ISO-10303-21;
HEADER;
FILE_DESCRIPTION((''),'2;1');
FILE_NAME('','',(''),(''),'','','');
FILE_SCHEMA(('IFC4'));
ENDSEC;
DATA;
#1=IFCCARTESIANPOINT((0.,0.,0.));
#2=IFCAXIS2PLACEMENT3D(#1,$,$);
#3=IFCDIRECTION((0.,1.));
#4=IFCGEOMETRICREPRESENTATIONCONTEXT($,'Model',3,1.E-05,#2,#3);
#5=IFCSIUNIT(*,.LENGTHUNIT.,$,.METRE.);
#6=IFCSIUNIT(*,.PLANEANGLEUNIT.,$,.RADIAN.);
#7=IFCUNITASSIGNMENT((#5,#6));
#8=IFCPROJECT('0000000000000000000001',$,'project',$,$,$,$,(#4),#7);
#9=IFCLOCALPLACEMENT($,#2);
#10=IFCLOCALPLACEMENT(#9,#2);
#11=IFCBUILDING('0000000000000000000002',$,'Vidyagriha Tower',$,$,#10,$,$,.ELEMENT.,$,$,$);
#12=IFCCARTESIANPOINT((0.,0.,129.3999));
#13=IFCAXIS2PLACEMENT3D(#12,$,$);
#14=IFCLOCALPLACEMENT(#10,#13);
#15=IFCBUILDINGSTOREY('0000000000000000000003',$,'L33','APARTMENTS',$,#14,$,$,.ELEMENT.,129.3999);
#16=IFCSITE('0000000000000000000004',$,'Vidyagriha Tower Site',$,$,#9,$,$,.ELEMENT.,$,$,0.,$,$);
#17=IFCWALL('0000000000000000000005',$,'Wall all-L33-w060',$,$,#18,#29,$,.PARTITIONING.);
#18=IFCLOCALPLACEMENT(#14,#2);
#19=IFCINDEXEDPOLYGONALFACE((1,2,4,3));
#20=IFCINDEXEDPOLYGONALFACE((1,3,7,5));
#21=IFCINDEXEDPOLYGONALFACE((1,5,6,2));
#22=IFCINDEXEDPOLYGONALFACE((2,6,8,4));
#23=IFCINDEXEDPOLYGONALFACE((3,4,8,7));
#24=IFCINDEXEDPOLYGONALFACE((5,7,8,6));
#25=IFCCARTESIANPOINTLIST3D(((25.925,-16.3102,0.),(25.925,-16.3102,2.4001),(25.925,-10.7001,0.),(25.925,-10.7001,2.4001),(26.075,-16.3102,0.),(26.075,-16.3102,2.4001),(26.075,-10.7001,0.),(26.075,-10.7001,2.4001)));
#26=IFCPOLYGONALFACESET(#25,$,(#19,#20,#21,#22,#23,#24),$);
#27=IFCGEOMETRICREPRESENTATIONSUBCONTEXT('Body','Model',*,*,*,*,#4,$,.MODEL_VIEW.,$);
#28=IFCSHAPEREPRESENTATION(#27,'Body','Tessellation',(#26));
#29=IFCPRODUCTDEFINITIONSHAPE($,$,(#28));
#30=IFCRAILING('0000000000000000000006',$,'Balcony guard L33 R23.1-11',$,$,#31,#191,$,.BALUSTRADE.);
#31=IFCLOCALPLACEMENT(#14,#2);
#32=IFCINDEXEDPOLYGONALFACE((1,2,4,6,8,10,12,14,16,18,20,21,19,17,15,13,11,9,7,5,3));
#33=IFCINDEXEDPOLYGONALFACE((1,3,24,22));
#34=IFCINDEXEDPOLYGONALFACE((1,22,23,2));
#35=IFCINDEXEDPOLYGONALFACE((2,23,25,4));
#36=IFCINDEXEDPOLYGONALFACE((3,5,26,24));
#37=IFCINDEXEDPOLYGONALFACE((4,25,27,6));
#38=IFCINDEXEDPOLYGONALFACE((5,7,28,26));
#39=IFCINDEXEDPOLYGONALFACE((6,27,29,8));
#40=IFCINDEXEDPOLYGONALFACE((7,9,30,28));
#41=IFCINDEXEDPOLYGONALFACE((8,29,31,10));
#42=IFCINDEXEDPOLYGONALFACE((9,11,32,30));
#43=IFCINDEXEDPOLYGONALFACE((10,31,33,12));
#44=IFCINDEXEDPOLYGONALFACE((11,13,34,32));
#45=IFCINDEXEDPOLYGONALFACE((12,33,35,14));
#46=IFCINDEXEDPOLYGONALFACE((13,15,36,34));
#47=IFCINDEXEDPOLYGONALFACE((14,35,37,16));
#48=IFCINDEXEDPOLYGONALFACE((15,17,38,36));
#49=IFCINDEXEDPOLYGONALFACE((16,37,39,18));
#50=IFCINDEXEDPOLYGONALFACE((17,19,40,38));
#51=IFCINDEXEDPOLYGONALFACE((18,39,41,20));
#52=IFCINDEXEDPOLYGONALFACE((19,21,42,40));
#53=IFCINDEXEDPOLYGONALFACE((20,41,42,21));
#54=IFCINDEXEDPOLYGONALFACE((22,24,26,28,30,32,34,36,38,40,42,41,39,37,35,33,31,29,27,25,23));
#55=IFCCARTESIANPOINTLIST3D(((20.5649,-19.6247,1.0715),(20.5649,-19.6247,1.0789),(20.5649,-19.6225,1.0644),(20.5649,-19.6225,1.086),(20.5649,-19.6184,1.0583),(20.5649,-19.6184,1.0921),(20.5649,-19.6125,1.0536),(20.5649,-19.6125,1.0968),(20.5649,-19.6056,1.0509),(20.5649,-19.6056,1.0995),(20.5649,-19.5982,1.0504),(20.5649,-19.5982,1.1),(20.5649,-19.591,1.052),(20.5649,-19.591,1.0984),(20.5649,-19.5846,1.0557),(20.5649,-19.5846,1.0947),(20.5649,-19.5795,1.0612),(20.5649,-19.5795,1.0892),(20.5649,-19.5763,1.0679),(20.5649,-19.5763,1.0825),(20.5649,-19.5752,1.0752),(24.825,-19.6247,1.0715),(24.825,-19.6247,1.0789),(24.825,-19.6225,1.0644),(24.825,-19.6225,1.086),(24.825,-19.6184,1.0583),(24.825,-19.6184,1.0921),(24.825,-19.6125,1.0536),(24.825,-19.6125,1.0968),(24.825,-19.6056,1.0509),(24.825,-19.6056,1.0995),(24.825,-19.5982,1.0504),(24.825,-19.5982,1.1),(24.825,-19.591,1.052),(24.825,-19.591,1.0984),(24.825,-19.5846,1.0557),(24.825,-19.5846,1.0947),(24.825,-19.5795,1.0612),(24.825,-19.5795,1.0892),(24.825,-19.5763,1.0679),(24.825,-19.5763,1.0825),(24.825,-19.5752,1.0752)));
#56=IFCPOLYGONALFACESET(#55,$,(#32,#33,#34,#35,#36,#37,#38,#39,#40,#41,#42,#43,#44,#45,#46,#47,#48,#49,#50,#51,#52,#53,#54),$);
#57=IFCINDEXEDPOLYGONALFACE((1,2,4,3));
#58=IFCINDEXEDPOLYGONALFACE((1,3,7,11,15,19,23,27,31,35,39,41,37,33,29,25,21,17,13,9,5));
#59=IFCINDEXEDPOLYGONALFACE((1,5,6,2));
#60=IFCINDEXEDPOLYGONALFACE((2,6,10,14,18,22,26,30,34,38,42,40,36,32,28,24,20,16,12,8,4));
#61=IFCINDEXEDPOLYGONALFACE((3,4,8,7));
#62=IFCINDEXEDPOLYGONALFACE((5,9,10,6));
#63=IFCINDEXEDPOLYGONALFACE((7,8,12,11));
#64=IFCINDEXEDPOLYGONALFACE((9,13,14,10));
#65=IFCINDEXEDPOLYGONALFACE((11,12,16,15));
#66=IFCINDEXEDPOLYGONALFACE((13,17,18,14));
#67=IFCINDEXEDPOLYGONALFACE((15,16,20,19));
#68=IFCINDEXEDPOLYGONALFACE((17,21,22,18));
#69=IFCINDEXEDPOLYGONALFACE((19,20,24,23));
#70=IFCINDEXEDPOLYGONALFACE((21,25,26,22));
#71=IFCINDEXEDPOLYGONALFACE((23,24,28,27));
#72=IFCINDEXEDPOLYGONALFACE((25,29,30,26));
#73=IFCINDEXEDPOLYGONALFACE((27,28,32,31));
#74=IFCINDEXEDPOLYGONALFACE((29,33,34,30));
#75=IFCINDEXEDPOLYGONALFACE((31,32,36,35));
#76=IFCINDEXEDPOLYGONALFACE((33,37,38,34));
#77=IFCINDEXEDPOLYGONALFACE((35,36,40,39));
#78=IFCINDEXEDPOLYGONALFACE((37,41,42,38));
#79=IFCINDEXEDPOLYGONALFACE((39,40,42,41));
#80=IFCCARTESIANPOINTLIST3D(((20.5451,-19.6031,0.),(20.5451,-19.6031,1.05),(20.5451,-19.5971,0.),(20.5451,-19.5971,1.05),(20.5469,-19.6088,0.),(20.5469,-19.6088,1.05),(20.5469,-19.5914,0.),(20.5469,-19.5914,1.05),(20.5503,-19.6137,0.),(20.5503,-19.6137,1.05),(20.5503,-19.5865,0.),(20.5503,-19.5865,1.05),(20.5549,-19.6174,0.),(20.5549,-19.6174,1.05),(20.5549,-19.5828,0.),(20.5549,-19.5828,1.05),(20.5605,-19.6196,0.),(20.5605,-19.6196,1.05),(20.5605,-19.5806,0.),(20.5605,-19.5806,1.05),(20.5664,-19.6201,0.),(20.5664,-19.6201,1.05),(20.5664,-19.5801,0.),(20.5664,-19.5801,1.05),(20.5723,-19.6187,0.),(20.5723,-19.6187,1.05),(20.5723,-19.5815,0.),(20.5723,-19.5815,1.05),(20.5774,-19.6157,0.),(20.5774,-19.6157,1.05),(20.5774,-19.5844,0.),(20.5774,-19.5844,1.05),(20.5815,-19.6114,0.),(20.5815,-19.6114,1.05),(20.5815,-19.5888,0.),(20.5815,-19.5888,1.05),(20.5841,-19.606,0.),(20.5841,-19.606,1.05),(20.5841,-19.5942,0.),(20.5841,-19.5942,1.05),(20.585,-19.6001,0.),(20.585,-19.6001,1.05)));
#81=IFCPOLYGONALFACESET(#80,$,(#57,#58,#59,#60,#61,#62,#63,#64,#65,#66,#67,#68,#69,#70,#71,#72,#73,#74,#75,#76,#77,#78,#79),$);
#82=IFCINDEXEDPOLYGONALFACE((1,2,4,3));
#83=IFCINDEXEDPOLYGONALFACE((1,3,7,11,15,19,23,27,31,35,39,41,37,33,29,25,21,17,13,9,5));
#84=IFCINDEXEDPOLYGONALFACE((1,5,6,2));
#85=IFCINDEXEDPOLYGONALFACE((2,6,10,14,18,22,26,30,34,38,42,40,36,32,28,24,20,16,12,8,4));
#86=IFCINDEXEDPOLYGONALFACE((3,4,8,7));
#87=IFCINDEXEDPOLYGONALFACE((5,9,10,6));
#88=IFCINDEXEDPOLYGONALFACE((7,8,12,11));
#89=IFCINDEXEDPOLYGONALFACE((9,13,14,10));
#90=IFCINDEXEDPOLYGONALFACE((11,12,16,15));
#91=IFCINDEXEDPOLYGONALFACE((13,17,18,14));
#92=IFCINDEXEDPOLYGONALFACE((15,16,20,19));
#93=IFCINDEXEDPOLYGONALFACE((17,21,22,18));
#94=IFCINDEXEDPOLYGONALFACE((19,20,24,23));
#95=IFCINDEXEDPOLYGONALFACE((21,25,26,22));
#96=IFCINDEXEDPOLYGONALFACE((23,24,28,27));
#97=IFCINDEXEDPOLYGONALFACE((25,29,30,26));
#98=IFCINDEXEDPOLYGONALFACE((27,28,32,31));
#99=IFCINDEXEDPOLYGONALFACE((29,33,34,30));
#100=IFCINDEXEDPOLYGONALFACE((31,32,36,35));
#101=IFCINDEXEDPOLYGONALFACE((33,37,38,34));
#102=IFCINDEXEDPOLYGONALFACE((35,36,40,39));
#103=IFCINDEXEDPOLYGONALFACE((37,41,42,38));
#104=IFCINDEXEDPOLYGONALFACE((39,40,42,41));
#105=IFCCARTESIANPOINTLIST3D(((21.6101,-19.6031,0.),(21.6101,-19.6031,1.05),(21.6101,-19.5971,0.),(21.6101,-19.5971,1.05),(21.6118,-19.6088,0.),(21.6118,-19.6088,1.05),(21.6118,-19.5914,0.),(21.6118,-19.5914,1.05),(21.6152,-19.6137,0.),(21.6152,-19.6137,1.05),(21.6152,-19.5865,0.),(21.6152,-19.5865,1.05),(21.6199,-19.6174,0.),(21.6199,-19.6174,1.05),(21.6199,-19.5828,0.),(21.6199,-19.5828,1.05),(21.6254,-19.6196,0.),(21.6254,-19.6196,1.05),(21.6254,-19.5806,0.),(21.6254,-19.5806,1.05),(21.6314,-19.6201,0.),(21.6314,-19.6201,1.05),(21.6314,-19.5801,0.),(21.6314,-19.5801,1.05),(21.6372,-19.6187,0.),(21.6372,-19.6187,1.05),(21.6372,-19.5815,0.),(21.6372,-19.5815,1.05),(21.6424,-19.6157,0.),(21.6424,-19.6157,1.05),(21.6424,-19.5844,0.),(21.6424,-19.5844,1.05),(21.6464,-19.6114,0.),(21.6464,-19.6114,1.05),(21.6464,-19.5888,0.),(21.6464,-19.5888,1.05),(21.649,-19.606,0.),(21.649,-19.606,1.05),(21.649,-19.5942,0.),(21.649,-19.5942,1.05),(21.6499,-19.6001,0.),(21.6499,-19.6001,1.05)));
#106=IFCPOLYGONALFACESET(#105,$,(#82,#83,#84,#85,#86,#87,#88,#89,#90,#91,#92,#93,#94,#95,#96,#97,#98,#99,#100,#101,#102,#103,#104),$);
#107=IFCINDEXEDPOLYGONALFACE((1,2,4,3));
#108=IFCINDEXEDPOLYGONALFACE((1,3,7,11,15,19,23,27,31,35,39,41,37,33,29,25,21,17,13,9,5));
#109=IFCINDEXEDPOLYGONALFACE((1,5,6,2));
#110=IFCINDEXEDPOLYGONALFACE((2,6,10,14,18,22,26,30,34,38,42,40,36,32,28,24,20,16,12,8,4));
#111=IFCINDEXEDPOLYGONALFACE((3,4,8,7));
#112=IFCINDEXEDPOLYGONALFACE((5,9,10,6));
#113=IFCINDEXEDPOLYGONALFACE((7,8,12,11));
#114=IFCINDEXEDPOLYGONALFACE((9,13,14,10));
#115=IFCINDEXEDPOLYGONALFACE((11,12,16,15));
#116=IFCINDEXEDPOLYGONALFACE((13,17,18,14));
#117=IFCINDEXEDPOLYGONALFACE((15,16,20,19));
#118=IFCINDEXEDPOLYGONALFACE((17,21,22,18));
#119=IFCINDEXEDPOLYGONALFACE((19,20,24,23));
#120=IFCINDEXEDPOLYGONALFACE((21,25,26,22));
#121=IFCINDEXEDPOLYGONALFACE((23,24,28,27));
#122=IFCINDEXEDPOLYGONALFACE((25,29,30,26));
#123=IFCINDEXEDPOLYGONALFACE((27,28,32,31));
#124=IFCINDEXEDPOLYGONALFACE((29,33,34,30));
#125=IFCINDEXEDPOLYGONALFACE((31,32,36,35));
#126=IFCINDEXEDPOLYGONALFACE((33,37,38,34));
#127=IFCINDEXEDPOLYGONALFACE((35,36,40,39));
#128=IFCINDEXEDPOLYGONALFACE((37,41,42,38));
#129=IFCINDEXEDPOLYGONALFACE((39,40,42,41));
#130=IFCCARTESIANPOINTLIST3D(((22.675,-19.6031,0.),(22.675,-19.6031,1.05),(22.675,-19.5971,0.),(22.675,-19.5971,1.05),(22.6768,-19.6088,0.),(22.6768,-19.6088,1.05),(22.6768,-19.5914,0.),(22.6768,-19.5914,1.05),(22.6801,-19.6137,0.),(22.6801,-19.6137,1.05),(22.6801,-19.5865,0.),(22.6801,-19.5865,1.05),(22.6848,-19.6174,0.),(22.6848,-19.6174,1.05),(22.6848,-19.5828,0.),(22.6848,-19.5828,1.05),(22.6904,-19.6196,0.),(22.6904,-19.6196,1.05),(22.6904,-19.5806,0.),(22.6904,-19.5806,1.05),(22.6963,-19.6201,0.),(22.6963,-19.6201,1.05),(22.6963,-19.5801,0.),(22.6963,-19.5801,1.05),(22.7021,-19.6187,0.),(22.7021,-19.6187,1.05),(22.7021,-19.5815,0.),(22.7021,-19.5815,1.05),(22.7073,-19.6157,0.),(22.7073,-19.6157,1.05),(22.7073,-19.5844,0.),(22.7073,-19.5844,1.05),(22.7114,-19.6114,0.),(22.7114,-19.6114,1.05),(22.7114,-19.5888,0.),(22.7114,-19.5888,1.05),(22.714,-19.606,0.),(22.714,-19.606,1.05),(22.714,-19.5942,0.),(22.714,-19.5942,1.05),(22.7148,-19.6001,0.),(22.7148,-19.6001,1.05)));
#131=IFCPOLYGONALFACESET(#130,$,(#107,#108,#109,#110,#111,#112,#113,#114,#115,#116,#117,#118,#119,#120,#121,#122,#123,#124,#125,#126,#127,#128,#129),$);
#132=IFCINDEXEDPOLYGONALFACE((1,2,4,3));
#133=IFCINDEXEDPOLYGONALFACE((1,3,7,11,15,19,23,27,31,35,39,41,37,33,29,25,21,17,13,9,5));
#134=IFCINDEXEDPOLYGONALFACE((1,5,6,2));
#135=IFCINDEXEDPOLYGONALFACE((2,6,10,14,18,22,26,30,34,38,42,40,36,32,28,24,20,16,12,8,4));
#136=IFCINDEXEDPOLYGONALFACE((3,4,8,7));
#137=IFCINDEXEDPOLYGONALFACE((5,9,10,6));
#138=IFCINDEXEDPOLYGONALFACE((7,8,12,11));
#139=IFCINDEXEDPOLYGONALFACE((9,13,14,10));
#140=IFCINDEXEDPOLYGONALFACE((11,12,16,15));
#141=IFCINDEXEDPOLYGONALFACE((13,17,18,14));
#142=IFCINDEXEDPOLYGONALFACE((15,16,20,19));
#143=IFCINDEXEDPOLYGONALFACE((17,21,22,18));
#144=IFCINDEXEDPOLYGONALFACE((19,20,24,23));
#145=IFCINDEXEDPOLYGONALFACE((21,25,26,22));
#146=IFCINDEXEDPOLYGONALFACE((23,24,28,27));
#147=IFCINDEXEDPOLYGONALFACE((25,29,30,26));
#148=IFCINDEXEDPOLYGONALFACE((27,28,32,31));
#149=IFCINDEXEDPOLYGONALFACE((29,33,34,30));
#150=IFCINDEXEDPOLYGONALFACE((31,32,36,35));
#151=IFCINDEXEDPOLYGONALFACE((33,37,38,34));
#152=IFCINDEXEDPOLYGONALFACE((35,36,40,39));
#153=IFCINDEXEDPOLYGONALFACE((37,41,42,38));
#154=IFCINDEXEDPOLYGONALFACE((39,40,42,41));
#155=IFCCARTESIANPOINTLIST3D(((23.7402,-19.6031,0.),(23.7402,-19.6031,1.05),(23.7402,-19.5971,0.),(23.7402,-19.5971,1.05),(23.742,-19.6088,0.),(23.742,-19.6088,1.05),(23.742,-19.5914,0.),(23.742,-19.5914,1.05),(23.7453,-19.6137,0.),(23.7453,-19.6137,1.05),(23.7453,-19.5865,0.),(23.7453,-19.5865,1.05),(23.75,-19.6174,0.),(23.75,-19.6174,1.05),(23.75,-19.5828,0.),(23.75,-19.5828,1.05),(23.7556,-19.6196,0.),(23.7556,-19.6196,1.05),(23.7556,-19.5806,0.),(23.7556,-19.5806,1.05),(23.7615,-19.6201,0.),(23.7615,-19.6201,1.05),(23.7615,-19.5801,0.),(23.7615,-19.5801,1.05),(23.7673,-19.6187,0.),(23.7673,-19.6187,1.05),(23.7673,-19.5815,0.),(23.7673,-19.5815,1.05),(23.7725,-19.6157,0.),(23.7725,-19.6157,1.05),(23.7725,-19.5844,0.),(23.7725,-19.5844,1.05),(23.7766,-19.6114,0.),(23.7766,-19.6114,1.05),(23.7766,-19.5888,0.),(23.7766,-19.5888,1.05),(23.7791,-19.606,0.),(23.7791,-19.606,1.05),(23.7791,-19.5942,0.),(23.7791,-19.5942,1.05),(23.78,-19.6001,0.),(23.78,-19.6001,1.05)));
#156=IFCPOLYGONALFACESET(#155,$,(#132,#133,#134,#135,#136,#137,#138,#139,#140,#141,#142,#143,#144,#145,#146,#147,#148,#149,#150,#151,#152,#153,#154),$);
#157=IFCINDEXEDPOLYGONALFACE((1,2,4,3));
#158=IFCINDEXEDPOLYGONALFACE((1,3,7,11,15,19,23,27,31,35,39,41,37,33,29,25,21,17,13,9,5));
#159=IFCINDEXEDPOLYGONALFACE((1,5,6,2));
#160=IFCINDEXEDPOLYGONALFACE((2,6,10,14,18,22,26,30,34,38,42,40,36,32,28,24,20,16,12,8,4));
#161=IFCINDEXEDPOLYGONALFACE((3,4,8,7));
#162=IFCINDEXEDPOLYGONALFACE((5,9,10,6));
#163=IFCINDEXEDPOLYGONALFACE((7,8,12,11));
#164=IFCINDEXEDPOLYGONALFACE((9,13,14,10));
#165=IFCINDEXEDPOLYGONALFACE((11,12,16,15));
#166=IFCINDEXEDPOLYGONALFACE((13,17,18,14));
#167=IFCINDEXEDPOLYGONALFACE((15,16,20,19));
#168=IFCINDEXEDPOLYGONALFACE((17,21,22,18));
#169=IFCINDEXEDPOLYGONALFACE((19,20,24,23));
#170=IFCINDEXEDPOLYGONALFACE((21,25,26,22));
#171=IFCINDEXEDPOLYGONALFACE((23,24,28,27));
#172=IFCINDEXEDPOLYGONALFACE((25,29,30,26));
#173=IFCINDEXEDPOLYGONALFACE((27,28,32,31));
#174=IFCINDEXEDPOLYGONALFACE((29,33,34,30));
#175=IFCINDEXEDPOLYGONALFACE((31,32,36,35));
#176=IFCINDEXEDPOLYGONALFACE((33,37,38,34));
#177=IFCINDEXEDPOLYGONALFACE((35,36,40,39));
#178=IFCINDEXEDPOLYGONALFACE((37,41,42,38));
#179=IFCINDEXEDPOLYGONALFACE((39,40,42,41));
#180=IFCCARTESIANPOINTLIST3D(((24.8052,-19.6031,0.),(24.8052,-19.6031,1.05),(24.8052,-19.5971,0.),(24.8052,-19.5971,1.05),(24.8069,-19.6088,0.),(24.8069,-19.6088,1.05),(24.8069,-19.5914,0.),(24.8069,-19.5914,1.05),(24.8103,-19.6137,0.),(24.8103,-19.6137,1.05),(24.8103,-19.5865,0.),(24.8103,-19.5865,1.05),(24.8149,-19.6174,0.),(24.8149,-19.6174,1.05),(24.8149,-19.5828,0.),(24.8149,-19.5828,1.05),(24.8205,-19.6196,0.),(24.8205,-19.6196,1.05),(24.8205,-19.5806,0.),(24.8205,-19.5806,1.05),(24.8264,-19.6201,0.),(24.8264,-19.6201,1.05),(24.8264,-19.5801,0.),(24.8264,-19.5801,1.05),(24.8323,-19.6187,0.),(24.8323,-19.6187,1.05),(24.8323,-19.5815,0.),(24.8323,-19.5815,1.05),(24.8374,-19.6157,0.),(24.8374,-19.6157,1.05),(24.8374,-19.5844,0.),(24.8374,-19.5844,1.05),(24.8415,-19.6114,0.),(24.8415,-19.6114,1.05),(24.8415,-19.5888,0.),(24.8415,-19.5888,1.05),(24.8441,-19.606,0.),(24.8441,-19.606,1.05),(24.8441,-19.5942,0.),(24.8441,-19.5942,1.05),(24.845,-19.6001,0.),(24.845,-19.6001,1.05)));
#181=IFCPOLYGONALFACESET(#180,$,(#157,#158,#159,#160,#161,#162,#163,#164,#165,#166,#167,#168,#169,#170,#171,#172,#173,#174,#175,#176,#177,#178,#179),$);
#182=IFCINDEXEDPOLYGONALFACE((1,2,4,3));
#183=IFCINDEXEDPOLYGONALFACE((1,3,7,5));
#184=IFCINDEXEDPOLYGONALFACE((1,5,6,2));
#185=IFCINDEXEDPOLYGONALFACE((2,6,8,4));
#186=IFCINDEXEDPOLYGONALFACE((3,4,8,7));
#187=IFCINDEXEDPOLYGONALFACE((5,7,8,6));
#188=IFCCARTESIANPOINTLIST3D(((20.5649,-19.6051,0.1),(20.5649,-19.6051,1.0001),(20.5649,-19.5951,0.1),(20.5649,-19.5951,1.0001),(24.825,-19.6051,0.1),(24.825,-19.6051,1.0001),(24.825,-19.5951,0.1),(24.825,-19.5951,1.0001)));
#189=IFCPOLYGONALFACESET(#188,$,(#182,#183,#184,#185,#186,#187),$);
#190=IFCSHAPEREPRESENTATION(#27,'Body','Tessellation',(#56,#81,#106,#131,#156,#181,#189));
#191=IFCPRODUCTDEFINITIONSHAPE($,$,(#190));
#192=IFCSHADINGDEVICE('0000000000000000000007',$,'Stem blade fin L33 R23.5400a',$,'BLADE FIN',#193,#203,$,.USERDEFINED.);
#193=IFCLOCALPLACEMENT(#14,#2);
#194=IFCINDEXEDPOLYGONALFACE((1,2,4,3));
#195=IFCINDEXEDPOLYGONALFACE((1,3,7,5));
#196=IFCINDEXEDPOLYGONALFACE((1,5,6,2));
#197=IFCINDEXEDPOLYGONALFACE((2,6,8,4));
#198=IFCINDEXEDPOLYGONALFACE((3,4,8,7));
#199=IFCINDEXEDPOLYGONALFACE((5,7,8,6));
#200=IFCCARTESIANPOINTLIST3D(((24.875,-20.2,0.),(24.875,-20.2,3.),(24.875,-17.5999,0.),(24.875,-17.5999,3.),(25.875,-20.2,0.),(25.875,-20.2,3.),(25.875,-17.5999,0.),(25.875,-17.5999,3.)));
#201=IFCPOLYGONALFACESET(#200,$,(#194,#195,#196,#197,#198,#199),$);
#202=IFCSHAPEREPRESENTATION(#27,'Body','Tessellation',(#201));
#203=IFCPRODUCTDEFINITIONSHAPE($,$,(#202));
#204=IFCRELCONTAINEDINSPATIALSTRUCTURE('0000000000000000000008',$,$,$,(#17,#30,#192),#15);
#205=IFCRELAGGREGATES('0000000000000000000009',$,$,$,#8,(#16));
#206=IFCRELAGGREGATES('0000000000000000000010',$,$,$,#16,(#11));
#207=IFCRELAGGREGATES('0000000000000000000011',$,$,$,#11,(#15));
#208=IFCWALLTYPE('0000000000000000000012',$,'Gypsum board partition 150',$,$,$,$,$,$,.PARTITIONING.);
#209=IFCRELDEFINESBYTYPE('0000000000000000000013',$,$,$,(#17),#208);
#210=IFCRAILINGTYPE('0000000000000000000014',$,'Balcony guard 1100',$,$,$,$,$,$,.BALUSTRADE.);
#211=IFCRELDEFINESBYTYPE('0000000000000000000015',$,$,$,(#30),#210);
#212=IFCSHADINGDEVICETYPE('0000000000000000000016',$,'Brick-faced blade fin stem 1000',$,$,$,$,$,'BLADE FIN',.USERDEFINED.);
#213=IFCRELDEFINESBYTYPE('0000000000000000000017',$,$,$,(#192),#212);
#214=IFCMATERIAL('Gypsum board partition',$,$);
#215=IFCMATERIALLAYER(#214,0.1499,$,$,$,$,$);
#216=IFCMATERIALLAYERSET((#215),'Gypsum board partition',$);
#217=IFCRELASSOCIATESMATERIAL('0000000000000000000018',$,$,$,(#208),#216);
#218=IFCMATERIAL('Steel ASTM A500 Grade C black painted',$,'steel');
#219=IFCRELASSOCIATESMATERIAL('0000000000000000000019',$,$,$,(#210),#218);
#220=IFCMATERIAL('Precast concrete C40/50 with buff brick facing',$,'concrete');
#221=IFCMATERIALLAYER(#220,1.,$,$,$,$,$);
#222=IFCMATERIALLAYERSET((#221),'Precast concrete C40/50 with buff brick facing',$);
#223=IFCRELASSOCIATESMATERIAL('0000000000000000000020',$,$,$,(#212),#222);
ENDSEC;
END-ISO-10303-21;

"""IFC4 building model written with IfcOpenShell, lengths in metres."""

from ifc_helpers import new_model, si_unit, direction, frame, frame_2d, origin, origin_2d, place, context, subcontext, project, spatial, polyline, rectangle, circle, outline, extrude, material, layer, layer_set, type_object, element, save


model = new_model("IFC4")

# Units and contexts
model_context = context("Model", 3, precision=1e-05, world=origin(), true_north=direction((0.0, 1.0)))
body_context = subcontext(model_context, "Body", "Model", "MODEL_VIEW")
ifc_project = project(units=[si_unit("LENGTHUNIT", "METRE"), si_unit("PLANEANGLEUNIT", "RADIAN")], contexts=[model_context])

# Site, building, storey
site_placement = place(None, origin())
site = spatial("IfcSite", under=ifc_project, at=site_placement, Name="Vidyagriha Tower Site", CompositionType="ELEMENT", RefElevation=0.0)
building_placement = place(site_placement, origin())
building = spatial("IfcBuilding", under=site, at=building_placement, Name="Vidyagriha Tower", CompositionType="ELEMENT")
storey_placement = place(building_placement, frame((0.0, 0.0, 129.3999)))
storey = spatial("IfcBuildingStorey", under=building, at=storey_placement, Name="L33", Description="APARTMENTS", CompositionType="ELEMENT", Elevation=129.3999)

# Wall
ifc_material_1 = material(Name="Gypsum board partition")
ifc_layer_1 = layer(ifc_material_1, 0.1499)
ifc_layer_set_1 = layer_set([ifc_layer_1], Name="Gypsum board partition")
wall_type_1 = type_object("IfcWallType", Name="Gypsum board partition 150", PredefinedType="PARTITIONING", material=ifc_layer_set_1)
wall_1_placement = place(storey_placement, frame((26.0, -10.7, 0.0), z_axis=(0.0, 0.0, 1.0), x_axis=(0.0, -1.0, 0.0)))
element("IfcWall", 1, at=wall_1_placement, inside=storey, type_object=wall_type_1, Name="Wall all-L33-w060", PredefinedType="PARTITIONING", context=body_context, shape_type="SweptSolid", body=[
    extrude(rectangle(XDim=5.6101, YDim=0.1499, at=frame_2d((2.8052, 0.0))), origin(), (0.0, 0.0, 1.0), 2.4001),
])

# Railing
ifc_material_2 = material(Name="Steel ASTM A500 Grade C black painted", Category="steel")
railing_type = type_object("IfcRailingType", Name="Balcony guard 1100", PredefinedType="BALUSTRADE", material=ifc_material_2)
railing_placement = place(storey_placement, frame((20.5649, -19.6001, 0.0)))
element("IfcRailing", 2, at=railing_placement, inside=storey, type_object=railing_type, Name="Balcony guard L33 R23.1-11", PredefinedType="BALUSTRADE", context=body_context, shape_type="SweptSolid", body=[
    extrude(circle(Radius=0.0249, at=origin_2d()), frame((0.0, 0.0, 1.0752), z_axis=(1.0, 0.0, 0.0), x_axis=(0.0, 1.0, 0.0)), (0.0, 0.0, 1.0), 4.26),
    extrude(circle(Radius=0.02, at=origin_2d()), origin(), (0.0, 0.0, 1.0), 1.05),
    extrude(circle(Radius=0.02, at=origin_2d()), frame((1.0649, 0.0, 0.0)), (0.0, 0.0, 1.0), 1.05),
    extrude(circle(Radius=0.02, at=origin_2d()), frame((2.1299, 0.0, 0.0)), (0.0, 0.0, 1.0), 1.05),
    extrude(circle(Radius=0.02, at=origin_2d()), frame((3.1951, 0.0, 0.0)), (0.0, 0.0, 1.0), 1.05),
    extrude(circle(Radius=0.02, at=origin_2d()), frame((4.26, 0.0, 0.0)), (0.0, 0.0, 1.0), 1.05),
    extrude(rectangle(XDim=0.01, YDim=0.9001, at=origin_2d()), frame((0.0, 0.0, 0.55), z_axis=(1.0, 0.0, 0.0), x_axis=(0.0, 1.0, 0.0)), (0.0, 0.0, 1.0), 4.26),
])

# Shading device
ifc_material_3 = material(Name="Precast concrete C40/50 with buff brick facing", Category="concrete")
ifc_layer_2 = layer(ifc_material_3, 1.0)
ifc_layer_set_2 = layer_set([ifc_layer_2], Name="Precast concrete C40/50 with buff brick facing")
shading_device_type = type_object("IfcShadingDeviceType", Name="Brick-faced blade fin stem 1000", ElementType="BLADE FIN", PredefinedType="USERDEFINED", material=ifc_layer_set_2)
shading_device_placement = place(storey_placement, frame((24.875, -18.8999, 0.0)))
element("IfcShadingDevice", 3, at=shading_device_placement, inside=storey, type_object=shading_device_type, Name="Stem blade fin L33 R23.5400a", ObjectType="BLADE FIN", PredefinedType="USERDEFINED", context=body_context, shape_type="SweptSolid", body=[
    extrude(outline(polyline([(0.0, 0.0), (1.0, 0.0), (1.0, 3.0), (0.0, 3.0), (0.0, 0.0)])), frame((0.0, 1.3, 0.0), z_axis=(0.0, -1.0, 0.0), x_axis=(1.0, 0.0, 0.0)), (0.0, 0.0, 1.0), 2.6001),
])

save(model, "model.ifc")
